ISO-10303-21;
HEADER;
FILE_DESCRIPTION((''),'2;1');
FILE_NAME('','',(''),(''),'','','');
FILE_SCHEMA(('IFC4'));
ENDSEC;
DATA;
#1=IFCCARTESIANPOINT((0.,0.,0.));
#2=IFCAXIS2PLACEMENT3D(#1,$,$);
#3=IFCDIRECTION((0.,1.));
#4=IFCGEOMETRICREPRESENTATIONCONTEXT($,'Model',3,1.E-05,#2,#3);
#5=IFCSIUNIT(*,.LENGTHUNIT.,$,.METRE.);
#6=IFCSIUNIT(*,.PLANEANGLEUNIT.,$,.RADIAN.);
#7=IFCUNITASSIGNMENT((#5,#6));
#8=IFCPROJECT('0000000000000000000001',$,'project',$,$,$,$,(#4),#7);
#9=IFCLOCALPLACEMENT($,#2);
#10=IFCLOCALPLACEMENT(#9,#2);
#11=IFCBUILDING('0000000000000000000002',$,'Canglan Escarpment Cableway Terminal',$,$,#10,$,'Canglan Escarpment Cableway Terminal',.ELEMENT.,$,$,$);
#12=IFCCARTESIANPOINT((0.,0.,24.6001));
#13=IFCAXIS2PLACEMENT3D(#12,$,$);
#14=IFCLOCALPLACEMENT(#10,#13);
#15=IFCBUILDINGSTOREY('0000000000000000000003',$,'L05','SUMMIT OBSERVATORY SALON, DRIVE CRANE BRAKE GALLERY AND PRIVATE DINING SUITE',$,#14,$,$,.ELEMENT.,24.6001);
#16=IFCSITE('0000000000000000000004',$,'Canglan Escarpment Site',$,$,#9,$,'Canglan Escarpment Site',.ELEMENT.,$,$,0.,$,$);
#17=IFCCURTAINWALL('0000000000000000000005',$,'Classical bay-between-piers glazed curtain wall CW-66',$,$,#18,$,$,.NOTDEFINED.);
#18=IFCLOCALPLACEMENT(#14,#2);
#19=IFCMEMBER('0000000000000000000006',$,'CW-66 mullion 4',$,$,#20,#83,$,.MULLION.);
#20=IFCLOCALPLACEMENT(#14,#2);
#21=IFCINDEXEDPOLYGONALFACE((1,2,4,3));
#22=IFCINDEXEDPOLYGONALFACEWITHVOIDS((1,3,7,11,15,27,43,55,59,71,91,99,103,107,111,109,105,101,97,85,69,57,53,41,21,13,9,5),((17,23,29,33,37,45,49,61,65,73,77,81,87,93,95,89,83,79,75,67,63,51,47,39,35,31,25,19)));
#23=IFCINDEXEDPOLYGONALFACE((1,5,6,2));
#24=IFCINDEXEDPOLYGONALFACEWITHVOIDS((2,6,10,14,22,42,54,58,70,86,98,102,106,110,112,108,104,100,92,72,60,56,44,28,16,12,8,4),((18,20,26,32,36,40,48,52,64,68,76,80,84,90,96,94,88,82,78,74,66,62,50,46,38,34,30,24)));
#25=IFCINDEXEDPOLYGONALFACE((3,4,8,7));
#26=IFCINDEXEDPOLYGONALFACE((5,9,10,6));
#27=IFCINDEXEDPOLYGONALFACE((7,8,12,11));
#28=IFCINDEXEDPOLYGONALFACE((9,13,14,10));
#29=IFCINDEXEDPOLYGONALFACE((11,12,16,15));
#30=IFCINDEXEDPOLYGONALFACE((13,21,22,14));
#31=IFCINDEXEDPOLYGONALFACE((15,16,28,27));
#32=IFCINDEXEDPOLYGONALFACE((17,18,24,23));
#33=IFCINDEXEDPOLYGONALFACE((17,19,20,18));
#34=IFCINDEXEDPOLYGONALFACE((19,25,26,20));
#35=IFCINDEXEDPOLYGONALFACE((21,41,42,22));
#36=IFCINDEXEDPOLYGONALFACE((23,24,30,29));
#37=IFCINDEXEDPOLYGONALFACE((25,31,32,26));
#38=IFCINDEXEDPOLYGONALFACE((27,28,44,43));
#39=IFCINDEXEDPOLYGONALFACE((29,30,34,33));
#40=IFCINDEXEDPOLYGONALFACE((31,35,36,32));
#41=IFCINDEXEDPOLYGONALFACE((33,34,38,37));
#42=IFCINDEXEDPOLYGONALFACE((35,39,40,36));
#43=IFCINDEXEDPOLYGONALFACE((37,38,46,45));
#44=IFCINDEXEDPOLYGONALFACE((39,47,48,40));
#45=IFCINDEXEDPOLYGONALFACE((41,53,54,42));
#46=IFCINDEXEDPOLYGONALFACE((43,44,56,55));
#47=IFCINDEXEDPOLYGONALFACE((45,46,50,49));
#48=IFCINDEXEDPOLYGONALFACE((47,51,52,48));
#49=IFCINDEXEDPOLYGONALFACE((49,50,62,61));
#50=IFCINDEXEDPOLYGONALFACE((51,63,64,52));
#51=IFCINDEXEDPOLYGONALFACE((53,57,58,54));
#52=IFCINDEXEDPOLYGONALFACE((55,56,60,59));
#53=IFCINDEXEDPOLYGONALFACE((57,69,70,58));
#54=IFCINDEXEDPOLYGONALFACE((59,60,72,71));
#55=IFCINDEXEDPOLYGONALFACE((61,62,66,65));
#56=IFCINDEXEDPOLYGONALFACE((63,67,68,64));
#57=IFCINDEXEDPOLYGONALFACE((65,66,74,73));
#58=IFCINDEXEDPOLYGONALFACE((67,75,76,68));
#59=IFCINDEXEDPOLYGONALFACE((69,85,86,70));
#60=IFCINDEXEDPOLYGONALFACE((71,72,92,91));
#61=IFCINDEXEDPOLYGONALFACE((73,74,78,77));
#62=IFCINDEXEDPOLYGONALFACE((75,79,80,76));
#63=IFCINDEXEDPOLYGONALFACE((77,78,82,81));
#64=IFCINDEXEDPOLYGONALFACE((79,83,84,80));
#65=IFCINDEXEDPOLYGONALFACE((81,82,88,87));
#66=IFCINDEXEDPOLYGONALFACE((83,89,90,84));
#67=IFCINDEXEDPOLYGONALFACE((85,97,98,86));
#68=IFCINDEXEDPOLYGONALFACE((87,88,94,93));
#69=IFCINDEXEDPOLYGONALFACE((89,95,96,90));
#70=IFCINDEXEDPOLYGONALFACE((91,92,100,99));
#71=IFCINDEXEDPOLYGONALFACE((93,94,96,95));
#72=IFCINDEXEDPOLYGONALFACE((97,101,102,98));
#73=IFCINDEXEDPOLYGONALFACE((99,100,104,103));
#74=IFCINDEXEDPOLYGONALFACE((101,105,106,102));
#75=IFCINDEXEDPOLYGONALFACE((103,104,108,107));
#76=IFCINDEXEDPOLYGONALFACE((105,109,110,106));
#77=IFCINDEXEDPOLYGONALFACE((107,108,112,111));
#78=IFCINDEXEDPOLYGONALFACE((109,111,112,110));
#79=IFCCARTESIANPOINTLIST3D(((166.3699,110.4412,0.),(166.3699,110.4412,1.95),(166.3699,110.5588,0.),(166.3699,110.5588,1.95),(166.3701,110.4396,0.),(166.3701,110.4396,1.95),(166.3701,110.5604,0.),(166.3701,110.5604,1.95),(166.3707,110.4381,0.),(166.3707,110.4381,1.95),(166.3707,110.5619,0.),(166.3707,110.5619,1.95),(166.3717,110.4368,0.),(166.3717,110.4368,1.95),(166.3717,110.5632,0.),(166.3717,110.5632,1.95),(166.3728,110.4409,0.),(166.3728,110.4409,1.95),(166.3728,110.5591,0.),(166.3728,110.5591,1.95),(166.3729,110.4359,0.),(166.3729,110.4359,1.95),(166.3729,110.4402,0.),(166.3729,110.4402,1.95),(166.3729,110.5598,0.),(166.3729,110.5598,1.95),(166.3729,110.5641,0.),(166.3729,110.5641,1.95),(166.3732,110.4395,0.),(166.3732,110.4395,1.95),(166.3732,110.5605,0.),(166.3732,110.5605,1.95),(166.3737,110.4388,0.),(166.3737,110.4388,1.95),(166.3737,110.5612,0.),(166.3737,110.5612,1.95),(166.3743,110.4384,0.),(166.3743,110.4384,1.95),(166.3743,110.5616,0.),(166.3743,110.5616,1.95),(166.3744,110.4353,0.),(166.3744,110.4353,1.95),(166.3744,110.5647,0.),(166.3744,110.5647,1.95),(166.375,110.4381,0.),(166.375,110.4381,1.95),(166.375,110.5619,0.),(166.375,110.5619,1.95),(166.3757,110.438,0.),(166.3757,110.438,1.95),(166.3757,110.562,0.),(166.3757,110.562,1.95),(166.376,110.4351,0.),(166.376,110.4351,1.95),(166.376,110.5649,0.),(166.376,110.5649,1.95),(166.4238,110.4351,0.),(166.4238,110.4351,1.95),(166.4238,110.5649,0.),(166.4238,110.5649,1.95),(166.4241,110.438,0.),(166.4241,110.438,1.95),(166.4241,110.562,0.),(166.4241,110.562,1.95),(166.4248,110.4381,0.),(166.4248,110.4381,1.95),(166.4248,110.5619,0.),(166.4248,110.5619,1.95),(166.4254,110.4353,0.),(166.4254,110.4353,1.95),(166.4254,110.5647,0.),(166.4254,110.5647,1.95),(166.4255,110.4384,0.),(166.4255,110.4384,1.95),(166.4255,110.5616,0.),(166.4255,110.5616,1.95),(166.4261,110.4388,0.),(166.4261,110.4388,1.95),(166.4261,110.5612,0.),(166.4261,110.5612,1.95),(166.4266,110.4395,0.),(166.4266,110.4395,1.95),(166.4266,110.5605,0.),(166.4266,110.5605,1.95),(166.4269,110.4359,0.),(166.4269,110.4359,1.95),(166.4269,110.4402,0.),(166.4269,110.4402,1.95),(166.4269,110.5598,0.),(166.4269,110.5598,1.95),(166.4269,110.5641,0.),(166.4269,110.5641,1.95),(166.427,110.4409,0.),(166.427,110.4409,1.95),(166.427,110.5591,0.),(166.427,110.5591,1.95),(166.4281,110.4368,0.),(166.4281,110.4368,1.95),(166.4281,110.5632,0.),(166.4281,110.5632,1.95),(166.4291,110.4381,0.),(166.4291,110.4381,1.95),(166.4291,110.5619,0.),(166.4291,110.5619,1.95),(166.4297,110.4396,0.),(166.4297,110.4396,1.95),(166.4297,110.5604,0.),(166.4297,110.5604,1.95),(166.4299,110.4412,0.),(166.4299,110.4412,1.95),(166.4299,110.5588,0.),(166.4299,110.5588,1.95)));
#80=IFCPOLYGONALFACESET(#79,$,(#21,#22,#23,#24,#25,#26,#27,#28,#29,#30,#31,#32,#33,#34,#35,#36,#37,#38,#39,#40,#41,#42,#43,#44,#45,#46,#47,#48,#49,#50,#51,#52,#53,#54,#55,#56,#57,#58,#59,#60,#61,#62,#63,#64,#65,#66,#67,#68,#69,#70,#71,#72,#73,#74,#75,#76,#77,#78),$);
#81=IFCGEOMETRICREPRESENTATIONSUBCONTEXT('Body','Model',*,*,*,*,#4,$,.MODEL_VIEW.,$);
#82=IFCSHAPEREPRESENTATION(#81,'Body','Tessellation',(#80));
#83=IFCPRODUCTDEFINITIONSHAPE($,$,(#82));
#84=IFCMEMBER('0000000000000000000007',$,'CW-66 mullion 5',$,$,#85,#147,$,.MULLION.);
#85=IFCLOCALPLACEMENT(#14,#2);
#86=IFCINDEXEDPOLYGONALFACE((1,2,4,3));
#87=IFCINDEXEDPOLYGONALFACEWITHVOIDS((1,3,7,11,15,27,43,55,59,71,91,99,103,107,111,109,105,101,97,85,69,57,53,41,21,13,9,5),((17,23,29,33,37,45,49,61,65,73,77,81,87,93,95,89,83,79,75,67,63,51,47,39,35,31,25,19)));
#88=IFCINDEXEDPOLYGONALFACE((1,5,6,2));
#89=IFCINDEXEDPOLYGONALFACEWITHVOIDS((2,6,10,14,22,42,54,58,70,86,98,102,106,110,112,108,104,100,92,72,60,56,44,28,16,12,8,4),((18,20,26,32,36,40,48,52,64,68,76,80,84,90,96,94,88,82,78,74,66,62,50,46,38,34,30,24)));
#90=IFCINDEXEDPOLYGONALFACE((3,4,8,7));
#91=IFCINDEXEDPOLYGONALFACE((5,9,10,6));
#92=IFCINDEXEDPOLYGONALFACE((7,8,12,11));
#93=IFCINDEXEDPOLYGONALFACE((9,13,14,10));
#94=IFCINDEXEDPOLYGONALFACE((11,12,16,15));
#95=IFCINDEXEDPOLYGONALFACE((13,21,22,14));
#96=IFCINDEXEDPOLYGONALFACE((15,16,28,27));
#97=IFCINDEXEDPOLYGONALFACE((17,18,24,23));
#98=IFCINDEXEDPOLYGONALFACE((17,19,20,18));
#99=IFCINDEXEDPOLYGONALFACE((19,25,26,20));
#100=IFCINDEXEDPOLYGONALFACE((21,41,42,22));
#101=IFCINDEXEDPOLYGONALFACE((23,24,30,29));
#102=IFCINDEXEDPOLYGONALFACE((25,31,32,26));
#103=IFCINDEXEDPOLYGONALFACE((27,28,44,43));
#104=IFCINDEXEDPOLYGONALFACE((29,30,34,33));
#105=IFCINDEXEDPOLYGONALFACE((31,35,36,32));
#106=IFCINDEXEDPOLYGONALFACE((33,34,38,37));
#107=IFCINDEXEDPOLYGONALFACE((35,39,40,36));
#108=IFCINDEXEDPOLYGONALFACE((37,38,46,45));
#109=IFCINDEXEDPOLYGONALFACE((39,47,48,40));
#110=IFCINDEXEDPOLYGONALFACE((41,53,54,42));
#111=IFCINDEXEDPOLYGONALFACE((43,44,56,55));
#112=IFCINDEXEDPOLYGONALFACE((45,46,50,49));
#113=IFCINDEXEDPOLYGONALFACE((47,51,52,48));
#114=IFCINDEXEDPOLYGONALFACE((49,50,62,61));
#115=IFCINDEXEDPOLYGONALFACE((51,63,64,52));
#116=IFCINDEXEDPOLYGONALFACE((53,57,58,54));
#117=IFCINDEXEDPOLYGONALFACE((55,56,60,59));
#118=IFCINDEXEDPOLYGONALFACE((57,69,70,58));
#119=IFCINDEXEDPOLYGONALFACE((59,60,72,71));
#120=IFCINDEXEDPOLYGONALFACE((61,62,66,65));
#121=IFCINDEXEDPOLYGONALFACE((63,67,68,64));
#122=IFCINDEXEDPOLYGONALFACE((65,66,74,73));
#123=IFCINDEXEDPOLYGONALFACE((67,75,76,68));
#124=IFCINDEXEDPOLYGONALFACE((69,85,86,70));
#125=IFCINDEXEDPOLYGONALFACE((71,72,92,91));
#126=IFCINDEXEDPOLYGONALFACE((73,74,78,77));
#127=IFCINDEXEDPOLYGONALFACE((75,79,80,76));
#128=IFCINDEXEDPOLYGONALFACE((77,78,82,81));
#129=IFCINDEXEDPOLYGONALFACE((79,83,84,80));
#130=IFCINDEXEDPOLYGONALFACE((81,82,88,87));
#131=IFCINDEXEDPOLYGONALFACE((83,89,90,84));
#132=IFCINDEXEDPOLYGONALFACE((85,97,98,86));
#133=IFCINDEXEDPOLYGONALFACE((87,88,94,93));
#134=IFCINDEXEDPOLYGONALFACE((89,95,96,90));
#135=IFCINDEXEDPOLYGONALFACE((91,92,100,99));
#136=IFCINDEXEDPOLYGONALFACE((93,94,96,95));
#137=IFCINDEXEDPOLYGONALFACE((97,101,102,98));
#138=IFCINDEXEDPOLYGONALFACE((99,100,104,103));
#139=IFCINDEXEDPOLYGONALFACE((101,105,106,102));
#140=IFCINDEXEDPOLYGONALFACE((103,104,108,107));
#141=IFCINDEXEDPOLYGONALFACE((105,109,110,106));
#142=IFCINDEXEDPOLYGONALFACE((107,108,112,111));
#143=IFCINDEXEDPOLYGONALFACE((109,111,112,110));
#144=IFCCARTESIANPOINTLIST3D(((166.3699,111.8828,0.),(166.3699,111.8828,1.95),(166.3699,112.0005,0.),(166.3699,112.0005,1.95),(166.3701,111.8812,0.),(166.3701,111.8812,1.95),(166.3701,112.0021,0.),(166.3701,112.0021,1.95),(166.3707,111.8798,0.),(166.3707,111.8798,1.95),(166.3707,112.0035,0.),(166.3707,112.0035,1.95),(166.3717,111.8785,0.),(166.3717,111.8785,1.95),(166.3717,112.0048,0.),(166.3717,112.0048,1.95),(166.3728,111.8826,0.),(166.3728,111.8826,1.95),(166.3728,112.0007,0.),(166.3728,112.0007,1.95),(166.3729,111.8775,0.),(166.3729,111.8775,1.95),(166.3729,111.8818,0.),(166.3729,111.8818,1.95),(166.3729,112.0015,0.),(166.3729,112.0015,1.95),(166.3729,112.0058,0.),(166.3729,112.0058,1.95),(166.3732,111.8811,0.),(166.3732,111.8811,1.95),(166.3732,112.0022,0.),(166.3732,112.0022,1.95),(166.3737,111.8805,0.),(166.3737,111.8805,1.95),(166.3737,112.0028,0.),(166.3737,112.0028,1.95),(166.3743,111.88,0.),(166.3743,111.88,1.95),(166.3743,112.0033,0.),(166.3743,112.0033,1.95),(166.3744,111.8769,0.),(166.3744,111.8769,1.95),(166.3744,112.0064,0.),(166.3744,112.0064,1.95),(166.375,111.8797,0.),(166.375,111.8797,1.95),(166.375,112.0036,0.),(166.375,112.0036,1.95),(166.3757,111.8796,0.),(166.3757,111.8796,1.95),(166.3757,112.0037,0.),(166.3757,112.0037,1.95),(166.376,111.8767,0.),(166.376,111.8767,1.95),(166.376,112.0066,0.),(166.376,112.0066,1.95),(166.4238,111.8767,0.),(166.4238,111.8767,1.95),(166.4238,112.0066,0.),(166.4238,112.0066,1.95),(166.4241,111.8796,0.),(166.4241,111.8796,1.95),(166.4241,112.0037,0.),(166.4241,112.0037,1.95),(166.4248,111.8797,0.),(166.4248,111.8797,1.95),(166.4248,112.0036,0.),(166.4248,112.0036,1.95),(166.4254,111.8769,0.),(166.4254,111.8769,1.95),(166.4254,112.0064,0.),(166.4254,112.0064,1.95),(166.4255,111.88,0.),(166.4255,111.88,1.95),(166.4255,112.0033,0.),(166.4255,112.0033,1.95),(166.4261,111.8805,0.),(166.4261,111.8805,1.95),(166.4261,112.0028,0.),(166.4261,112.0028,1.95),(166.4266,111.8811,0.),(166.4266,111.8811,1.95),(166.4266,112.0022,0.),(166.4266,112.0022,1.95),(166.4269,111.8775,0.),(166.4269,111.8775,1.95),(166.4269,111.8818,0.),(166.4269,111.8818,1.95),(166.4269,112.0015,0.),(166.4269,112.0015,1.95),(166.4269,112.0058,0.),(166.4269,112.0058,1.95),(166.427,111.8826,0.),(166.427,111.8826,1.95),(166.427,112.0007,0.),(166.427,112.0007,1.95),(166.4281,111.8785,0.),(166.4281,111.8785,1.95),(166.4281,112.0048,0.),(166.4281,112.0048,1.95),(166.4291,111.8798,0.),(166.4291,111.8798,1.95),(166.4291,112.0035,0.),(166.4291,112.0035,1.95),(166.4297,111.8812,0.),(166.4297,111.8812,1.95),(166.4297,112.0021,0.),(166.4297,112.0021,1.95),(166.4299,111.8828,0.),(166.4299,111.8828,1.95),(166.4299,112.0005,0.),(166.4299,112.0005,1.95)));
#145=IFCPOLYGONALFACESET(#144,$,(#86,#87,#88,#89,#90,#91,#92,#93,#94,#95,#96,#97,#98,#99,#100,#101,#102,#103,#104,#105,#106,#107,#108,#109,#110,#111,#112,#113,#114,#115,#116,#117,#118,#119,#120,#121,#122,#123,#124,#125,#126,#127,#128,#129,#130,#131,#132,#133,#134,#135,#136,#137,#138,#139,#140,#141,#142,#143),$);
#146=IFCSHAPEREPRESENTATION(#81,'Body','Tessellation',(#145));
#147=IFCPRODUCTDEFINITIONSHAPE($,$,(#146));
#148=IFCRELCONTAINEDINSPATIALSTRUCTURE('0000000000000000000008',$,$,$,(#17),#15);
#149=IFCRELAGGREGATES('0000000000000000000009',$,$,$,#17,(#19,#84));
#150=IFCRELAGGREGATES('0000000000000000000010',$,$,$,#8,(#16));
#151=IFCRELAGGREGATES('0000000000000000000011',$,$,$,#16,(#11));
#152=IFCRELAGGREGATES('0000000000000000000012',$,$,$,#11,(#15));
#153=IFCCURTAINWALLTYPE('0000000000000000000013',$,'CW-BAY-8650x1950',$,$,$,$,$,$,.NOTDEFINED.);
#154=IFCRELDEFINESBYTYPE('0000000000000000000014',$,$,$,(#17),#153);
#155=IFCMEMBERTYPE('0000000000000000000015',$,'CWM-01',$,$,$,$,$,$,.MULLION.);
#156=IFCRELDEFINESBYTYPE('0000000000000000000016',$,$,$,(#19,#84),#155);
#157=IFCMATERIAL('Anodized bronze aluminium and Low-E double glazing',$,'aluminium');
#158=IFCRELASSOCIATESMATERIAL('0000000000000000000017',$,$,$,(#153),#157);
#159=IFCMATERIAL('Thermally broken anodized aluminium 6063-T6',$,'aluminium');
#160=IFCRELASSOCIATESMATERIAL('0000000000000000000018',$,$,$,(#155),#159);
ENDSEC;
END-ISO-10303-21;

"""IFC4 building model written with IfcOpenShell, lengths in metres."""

from ifc_helpers import new_model, si_unit, direction, frame, origin, origin_2d, place, context, subcontext, project, spatial, hollow_rectangle, extrude, material, material_profile, profile_set, type_object, element, aggregate, save


model = new_model("IFC4")

# Units and contexts
model_context = context("Model", 3, precision=1e-05, world=origin(), true_north=direction((0.0, 1.0)))
body_context = subcontext(model_context, "Body", "Model", "MODEL_VIEW")
ifc_project = project(units=[si_unit("LENGTHUNIT", "METRE"), si_unit("PLANEANGLEUNIT", "RADIAN")], contexts=[model_context])

# Site, building, storey
site_placement = place(None, origin())
site = spatial("IfcSite", under=ifc_project, at=site_placement, Name="Canglan Escarpment Site", LongName="Canglan Escarpment Site", CompositionType="ELEMENT", RefElevation=0.0)
building_placement = place(site_placement, origin())
building = spatial("IfcBuilding", under=site, at=building_placement, Name="Canglan Escarpment Cableway Terminal", LongName="Canglan Escarpment Cableway Terminal", CompositionType="ELEMENT")
storey_placement = place(building_placement, frame((0.0, 0.0, 24.6001)))
storey = spatial("IfcBuildingStorey", under=building, at=storey_placement, Name="L05", Description="SUMMIT OBSERVATORY SALON, DRIVE CRANE BRAKE GALLERY AND PRIVATE DINING SUITE", CompositionType="ELEMENT", Elevation=24.6001)

# Curtain wall, members
ifc_material_1 = material(Name="Anodized bronze aluminium and Low-E double glazing", Category="aluminium")
curtain_wall_type = type_object("IfcCurtainWallType", Name="CW-BAY-8650x1950", PredefinedType="NOTDEFINED", material=ifc_material_1)
curtain_wall_1_placement = place(storey_placement, origin())
curtain_wall_1 = element("IfcCurtainWall", 1, at=curtain_wall_1_placement, inside=storey, type_object=curtain_wall_type, Name="Classical bay-between-piers glazed curtain wall CW-66", PredefinedType="NOTDEFINED")
ifc_material_2 = material(Name="Thermally broken anodized aluminium 6063-T6", Category="aluminium")
ifc_material_profile_1 = material_profile(ifc_material_2, hollow_rectangle(XDim=0.0601, YDim=0.1299, WallThickness=0.0029, InnerFilletRadius=0.0029, OuterFilletRadius=0.0061, at=origin_2d()), Name="ALU-MULL 60x130x3")
ifc_profile_set_1 = profile_set([ifc_material_profile_1], Name="Thermally broken anodized aluminium 6063-T6")
member_type_1 = type_object("IfcMemberType", Name="CWM-01", PredefinedType="MULLION", material=ifc_profile_set_1)
member_1_placement = place(storey_placement, frame((166.3999, 110.5, 0.0), z_axis=(0.0, 0.0, 1.0), x_axis=(-1.0, 0.0, 0.0)))
member_1 = element("IfcMember", 2, at=member_1_placement, type_object=member_type_1, Name="CW-66 mullion 4", PredefinedType="MULLION", context=body_context, shape_type="SweptSolid", body=[
    extrude(hollow_rectangle(XDim=0.0601, YDim=0.1299, WallThickness=0.0029, InnerFilletRadius=0.0029, OuterFilletRadius=0.0061, at=origin_2d()), origin(), (0.0, 0.0, 1.0), 1.95),
])
member_2_placement = place(storey_placement, frame((166.3999, 111.9417, 0.0), z_axis=(0.0, 0.0, 1.0), x_axis=(-1.0, 0.0, 0.0)))
member_2 = element("IfcMember", 3, at=member_2_placement, type_object=member_type_1, Name="CW-66 mullion 5", PredefinedType="MULLION", context=body_context, shape_type="SweptSolid", body=[
    extrude(hollow_rectangle(XDim=0.0601, YDim=0.1299, WallThickness=0.0029, InnerFilletRadius=0.0029, OuterFilletRadius=0.0061, at=origin_2d()), origin(), (0.0, 0.0, 1.0), 1.95),
])

aggregate(curtain_wall_1, [member_1, member_2])

save(model, "model.ifc")
